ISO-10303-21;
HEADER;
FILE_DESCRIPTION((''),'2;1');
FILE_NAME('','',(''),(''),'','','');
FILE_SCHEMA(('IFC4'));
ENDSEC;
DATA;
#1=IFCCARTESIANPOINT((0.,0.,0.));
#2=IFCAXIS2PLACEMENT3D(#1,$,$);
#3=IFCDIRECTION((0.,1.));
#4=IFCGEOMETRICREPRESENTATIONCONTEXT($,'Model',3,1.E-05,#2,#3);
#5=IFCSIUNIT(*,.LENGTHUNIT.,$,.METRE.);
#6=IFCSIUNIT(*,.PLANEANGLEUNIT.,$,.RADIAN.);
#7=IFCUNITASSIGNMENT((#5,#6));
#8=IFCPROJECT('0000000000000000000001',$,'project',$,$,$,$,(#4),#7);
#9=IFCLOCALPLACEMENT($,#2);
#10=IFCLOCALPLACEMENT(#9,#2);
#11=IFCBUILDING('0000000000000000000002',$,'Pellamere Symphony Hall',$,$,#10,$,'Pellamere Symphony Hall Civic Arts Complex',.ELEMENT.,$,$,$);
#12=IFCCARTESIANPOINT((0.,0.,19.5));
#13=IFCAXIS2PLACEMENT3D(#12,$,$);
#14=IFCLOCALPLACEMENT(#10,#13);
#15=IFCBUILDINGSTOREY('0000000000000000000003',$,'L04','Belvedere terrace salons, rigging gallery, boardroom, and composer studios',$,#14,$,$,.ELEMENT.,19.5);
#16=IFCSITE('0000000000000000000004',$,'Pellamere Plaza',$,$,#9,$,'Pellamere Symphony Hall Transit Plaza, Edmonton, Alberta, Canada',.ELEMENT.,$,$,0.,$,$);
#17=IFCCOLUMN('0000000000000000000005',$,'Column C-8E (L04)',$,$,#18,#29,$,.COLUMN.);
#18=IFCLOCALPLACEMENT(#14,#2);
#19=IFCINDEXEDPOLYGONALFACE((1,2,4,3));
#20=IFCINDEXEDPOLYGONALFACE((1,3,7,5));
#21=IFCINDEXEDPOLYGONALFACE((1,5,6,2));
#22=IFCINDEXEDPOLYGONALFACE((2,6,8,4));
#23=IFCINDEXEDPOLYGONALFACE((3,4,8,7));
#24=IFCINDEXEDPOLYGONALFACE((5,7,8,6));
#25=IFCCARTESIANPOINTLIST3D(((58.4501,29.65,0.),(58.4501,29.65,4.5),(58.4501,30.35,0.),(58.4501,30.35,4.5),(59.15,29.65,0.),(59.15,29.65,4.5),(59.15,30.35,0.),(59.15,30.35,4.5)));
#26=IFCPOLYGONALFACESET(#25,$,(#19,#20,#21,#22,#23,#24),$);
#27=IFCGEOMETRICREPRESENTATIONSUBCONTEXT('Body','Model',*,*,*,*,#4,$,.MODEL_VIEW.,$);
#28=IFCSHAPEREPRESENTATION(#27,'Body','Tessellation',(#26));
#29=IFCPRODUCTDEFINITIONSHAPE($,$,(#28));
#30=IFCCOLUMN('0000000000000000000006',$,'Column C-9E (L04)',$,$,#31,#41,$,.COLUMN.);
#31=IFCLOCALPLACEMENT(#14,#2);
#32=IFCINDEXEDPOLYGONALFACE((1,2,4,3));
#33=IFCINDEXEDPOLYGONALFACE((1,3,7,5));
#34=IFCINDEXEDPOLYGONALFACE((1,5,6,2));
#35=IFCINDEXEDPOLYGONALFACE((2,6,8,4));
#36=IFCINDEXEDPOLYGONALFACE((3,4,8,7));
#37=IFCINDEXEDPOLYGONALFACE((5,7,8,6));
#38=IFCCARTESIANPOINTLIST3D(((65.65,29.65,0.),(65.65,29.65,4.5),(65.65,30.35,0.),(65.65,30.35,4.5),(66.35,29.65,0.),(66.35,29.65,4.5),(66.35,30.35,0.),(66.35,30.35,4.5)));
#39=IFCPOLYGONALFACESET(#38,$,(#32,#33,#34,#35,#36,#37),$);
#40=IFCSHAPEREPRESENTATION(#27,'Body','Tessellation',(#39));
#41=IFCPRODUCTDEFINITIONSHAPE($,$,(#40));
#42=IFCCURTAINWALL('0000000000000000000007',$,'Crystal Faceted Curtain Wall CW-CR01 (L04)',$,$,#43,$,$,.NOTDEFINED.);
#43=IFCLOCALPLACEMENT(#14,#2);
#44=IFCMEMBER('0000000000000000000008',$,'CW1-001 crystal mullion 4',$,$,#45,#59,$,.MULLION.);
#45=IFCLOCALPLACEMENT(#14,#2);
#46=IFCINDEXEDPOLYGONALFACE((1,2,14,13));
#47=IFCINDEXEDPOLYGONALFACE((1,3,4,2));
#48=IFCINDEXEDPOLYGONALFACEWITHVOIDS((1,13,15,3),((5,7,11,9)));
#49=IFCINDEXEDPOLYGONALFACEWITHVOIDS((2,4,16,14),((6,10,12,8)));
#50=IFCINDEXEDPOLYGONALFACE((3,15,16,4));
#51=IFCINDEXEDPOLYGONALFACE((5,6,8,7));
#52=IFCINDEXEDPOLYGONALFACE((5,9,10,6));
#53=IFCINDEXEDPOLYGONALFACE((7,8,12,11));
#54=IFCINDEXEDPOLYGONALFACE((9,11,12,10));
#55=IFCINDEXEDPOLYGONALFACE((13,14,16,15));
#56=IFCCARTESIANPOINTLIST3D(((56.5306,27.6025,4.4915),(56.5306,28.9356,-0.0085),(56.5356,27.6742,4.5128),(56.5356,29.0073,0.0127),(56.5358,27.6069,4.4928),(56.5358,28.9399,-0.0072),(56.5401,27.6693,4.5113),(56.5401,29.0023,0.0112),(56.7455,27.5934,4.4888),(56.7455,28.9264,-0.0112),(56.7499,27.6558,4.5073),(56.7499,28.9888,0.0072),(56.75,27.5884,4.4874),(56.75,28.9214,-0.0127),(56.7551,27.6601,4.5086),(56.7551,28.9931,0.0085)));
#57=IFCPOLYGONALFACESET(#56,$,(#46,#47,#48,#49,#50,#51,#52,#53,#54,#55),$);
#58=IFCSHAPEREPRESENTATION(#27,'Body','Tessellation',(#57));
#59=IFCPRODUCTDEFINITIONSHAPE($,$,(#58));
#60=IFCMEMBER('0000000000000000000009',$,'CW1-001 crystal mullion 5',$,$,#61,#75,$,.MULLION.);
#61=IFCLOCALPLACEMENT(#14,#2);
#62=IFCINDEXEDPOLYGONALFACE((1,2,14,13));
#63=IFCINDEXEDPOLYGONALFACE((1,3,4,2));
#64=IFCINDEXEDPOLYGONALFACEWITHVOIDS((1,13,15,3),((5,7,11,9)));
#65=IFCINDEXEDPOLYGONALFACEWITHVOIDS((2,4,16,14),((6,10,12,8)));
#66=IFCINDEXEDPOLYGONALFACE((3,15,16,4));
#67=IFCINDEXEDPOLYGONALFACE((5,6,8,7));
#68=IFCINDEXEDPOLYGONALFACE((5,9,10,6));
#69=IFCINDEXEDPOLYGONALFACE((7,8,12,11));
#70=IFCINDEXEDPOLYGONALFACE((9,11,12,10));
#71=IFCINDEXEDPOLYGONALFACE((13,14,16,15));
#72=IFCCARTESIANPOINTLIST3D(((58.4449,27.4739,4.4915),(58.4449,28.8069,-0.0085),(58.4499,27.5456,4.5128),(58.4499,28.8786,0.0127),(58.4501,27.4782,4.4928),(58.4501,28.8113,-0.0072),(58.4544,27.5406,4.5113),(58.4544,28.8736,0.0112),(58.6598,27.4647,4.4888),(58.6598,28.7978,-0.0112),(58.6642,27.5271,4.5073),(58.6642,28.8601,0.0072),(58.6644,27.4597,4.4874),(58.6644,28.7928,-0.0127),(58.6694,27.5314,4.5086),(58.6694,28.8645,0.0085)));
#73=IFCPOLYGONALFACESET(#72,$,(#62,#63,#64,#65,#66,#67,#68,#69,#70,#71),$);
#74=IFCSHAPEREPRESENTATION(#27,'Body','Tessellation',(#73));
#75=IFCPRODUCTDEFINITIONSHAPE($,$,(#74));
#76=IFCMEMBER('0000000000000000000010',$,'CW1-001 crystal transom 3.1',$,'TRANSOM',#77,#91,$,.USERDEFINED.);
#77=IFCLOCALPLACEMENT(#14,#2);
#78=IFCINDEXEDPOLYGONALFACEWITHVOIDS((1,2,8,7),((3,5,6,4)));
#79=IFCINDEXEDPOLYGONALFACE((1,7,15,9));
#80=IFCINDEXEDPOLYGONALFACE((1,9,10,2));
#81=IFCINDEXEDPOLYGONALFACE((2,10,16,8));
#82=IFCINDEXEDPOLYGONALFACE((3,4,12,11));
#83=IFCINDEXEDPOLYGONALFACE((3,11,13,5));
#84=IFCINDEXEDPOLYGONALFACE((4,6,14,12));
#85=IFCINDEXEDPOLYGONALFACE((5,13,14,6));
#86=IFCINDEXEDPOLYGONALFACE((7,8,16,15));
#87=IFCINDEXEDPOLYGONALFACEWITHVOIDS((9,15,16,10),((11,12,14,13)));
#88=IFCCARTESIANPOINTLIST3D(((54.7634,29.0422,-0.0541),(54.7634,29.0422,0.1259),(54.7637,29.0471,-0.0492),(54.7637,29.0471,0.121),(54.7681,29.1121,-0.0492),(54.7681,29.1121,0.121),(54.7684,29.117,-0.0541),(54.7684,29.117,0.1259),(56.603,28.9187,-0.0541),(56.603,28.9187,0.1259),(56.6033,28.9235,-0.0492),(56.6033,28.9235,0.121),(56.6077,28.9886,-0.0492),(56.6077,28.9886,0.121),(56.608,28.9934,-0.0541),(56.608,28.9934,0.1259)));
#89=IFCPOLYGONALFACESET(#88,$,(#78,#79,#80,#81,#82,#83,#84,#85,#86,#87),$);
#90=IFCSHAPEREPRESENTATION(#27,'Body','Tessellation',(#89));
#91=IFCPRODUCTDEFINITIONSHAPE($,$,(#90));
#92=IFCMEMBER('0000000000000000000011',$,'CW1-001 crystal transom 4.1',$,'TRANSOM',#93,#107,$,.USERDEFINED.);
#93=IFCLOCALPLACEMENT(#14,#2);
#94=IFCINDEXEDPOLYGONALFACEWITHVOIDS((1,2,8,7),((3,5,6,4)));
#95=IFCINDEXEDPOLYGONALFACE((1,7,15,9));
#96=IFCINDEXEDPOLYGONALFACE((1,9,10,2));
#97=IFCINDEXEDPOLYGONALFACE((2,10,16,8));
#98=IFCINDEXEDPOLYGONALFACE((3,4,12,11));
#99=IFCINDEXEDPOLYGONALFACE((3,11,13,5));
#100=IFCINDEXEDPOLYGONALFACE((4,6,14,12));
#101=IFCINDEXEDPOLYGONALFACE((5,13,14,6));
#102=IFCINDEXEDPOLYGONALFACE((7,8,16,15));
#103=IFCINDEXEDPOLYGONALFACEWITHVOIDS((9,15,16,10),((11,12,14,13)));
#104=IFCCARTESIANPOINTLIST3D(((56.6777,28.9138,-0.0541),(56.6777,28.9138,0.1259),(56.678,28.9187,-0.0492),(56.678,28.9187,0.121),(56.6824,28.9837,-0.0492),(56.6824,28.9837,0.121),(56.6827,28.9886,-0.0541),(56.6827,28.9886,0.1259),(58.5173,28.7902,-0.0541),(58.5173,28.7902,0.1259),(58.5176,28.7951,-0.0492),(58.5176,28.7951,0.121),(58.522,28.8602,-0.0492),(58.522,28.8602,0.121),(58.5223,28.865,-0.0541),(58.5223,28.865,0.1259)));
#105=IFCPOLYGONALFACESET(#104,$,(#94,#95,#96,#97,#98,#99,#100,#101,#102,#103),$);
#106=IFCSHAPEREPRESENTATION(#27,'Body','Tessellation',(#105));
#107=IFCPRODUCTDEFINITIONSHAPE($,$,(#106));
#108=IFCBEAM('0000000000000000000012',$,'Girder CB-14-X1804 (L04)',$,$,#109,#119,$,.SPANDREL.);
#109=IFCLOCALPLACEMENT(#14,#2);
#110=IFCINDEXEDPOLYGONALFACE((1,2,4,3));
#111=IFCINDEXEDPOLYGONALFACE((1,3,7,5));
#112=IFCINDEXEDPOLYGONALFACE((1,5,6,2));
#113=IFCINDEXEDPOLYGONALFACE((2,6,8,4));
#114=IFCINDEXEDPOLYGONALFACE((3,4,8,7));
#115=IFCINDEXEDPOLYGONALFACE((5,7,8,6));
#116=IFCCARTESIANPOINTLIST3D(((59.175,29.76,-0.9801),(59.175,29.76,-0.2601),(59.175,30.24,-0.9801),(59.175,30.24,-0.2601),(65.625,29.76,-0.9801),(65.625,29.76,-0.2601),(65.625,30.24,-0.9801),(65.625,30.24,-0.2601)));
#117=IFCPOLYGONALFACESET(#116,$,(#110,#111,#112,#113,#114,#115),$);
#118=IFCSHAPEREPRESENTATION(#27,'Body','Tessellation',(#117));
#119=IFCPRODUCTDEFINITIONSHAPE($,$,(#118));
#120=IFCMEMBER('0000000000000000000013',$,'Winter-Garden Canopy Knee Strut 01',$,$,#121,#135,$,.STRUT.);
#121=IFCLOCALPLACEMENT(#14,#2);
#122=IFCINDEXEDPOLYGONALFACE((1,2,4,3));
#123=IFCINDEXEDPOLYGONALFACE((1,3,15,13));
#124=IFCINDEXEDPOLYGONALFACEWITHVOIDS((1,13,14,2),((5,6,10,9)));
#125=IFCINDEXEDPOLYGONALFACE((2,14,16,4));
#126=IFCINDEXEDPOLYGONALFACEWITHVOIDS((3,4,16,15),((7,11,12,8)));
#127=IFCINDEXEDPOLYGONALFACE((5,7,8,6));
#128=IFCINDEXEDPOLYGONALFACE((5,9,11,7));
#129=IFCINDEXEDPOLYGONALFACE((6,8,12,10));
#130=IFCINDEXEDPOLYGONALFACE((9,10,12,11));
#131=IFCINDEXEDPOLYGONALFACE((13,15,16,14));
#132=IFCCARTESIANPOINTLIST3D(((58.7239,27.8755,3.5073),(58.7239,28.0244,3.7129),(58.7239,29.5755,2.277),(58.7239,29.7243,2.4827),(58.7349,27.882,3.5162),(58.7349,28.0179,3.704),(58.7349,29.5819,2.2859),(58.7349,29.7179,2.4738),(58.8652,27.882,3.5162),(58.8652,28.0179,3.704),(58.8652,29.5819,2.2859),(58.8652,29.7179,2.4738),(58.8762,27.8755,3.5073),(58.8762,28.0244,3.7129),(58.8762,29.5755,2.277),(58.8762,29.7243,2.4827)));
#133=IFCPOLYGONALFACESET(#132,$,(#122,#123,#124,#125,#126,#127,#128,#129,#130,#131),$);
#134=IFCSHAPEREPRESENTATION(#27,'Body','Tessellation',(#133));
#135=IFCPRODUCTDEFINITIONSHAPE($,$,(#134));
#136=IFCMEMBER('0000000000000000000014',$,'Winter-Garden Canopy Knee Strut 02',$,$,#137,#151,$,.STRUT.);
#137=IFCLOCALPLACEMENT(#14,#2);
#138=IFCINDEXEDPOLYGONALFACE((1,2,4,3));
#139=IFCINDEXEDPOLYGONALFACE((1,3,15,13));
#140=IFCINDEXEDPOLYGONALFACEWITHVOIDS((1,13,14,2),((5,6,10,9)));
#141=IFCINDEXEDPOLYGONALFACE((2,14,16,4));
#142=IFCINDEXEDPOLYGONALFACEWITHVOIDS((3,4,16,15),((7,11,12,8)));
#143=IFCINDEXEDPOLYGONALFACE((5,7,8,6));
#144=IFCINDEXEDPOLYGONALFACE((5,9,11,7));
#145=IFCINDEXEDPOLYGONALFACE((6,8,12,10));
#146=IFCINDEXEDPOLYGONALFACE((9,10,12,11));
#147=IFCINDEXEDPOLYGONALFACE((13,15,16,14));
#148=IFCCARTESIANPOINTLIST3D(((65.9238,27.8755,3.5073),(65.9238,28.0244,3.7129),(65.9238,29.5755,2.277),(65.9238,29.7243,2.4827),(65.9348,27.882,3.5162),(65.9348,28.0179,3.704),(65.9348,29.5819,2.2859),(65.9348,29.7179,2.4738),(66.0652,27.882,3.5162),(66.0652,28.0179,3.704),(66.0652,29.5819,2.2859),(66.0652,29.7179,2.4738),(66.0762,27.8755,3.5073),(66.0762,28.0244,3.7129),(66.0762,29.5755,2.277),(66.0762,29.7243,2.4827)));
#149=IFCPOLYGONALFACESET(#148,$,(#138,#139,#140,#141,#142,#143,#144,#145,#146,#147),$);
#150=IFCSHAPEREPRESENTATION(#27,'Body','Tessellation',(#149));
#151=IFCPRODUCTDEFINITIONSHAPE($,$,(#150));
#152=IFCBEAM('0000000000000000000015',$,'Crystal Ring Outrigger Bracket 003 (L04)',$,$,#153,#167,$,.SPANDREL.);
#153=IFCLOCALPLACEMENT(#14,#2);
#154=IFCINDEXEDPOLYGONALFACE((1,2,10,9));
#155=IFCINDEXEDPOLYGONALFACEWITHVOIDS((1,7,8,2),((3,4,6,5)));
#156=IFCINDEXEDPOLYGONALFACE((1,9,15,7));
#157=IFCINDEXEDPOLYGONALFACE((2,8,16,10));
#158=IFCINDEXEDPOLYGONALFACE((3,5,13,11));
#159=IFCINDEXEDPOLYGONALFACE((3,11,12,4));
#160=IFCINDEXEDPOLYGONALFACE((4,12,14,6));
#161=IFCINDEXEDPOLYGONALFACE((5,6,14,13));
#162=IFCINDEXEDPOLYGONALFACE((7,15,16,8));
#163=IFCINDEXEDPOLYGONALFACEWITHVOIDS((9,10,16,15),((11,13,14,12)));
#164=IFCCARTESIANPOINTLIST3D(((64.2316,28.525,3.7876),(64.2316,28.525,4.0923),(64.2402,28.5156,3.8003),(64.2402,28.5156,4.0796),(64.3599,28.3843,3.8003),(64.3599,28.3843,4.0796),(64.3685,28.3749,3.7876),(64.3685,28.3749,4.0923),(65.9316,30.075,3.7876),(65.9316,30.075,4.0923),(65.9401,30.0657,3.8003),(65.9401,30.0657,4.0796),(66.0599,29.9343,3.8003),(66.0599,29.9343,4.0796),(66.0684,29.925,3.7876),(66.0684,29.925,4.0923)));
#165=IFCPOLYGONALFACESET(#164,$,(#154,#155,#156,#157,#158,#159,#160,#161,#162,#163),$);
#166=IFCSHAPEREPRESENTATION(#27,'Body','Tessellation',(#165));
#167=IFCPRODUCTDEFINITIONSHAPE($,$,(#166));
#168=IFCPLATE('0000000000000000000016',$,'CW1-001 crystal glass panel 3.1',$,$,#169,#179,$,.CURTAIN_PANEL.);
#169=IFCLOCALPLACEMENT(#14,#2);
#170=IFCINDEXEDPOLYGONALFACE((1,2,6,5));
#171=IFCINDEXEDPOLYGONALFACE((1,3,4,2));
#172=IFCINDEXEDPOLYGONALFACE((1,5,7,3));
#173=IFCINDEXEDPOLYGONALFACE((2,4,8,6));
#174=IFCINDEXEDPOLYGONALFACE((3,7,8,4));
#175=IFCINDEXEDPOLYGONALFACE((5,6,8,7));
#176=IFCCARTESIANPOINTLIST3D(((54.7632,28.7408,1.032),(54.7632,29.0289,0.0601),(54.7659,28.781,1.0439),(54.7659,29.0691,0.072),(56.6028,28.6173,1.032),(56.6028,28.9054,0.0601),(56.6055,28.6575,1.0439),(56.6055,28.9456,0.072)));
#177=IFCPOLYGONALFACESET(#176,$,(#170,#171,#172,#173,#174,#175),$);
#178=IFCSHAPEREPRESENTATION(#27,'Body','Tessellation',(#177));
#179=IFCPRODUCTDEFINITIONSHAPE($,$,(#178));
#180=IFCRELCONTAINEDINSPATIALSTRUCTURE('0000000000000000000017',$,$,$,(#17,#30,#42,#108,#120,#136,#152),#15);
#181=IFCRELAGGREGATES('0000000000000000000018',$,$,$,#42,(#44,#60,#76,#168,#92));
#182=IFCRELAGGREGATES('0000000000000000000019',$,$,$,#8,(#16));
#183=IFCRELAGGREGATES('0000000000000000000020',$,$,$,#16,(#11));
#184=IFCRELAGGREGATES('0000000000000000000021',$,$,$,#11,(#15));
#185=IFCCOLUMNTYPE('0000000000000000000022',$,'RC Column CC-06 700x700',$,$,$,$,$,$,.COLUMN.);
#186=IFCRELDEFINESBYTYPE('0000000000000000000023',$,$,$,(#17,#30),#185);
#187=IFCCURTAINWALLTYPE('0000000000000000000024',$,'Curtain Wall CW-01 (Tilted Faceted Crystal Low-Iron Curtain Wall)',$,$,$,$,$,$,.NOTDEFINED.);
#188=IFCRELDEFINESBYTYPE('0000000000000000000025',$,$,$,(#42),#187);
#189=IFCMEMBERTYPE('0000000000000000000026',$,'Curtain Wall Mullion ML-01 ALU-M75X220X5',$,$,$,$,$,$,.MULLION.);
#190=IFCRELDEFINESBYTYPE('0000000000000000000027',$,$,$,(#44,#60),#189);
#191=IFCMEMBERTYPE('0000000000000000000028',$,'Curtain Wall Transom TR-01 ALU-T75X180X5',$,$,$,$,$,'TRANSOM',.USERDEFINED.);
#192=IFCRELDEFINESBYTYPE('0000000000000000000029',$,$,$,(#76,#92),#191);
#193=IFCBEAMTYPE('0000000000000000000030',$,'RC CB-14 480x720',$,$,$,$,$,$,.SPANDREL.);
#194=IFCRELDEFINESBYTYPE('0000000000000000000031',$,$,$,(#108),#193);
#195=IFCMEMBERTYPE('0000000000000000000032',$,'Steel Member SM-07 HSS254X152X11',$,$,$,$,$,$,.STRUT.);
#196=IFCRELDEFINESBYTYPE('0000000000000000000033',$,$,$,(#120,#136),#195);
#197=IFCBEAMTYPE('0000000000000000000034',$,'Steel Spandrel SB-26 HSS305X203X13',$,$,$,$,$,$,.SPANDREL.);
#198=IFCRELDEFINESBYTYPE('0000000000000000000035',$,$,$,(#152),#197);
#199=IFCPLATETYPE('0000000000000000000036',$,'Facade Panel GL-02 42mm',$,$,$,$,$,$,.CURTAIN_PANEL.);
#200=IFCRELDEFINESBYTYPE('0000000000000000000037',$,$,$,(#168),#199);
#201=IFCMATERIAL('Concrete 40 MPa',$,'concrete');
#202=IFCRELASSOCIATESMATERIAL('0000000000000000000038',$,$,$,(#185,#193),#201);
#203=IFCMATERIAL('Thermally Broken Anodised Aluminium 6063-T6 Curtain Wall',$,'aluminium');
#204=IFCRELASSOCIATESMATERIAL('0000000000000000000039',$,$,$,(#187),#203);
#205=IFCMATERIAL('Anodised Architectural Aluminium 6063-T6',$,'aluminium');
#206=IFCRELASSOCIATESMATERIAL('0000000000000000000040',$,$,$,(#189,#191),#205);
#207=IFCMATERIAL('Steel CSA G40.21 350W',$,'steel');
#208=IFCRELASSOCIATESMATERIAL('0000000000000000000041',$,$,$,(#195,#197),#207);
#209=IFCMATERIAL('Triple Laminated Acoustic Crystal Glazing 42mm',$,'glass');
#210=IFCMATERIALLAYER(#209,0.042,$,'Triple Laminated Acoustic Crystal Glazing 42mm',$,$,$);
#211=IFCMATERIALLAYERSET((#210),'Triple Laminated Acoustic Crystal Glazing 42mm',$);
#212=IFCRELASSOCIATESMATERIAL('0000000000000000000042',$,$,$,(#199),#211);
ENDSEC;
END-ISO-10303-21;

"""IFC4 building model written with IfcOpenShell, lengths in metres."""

from ifc_helpers import new_model, si_unit, direction, frame, origin, origin_2d, place, context, subcontext, project, spatial, polyline, rectangle, hollow_rectangle, outline, extrude, material, layer, layer_set, material_profile, profile_set, type_object, element, aggregate, save


model = new_model("IFC4")

# Units and contexts
model_context = context("Model", 3, precision=1e-05, world=origin(), true_north=direction((0.0, 1.0)))
body_context = subcontext(model_context, "Body", "Model", "MODEL_VIEW")
ifc_project = project(units=[si_unit("LENGTHUNIT", "METRE"), si_unit("PLANEANGLEUNIT", "RADIAN")], contexts=[model_context])

# Site, building, storey
site_placement = place(None, origin())
site = spatial("IfcSite", under=ifc_project, at=site_placement, Name="Pellamere Plaza", LongName="Pellamere Symphony Hall Transit Plaza, Edmonton, Alberta, Canada", CompositionType="ELEMENT", RefElevation=0.0)
building_placement = place(site_placement, origin())
building = spatial("IfcBuilding", under=site, at=building_placement, Name="Pellamere Symphony Hall", LongName="Pellamere Symphony Hall Civic Arts Complex", CompositionType="ELEMENT")
storey_placement = place(building_placement, frame((0.0, 0.0, 19.5)))
storey = spatial("IfcBuildingStorey", under=building, at=storey_placement, Name="L04", Description="Belvedere terrace salons, rigging gallery, boardroom, and composer studios", CompositionType="ELEMENT", Elevation=19.5)

# Columns
ifc_material_1 = material(Name="Concrete 40 MPa", Category="concrete")
ifc_material_profile_1 = material_profile(ifc_material_1, rectangle(XDim=0.7, YDim=0.7, at=origin_2d()), Name="RC 700x700")
ifc_profile_set_1 = profile_set([ifc_material_profile_1], Name="Concrete 40 MPa")
column_type = type_object("IfcColumnType", Name="RC Column CC-06 700x700", PredefinedType="COLUMN", material=ifc_profile_set_1)
for number, where, z_axis, x_axis, name in (
    (1, (58.8, 30.0, 0.0), (0.0, 0.0, 1.0), (1.0, 0.0, 0.0), "Column C-8E (L04)"),
    (2, (66.0, 30.0, 0.0), (0.0, 0.0, 1.0), (1.0, 0.0, 0.0), "Column C-9E (L04)"),
):
    element("IfcColumn", number, at=place(storey_placement, frame(where, z_axis=z_axis, x_axis=x_axis)), inside=storey, type_object=column_type, Name=name, PredefinedType="COLUMN", context=body_context, shape_type="SweptSolid", body=[
        extrude(rectangle(XDim=0.7, YDim=0.7, at=origin_2d()), origin(), (0.0, 0.0, 1.0), 4.5),
    ])

# Curtain wall, members
ifc_material_2 = material(Name="Thermally Broken Anodised Aluminium 6063-T6 Curtain Wall", Category="aluminium")
curtain_wall_type = type_object("IfcCurtainWallType", Name="Curtain Wall CW-01 (Tilted Faceted Crystal Low-Iron Curtain Wall)", PredefinedType="NOTDEFINED", material=ifc_material_2)
curtain_wall_placement = place(storey_placement, origin())
curtain_wall = element("IfcCurtainWall", 3, at=curtain_wall_placement, inside=storey, type_object=curtain_wall_type, Name="Crystal Faceted Curtain Wall CW-CR01 (L04)", PredefinedType="NOTDEFINED")
ifc_material_3 = material(Name="Anodised Architectural Aluminium 6063-T6", Category="aluminium")
ifc_material_profile_2 = material_profile(ifc_material_3, hollow_rectangle(XDim=0.075, YDim=0.22, WallThickness=0.0049, at=origin_2d()), Name="ALU-M75X220X5")
ifc_profile_set_2 = profile_set([ifc_material_profile_2], Name="Anodised Architectural Aluminium 6063-T6")
member_type_1 = type_object("IfcMemberType", Name="Curtain Wall Mullion ML-01 ALU-M75X220X5", PredefinedType="MULLION", material=ifc_profile_set_2)
member_1_placement = place(storey_placement, frame((56.6428, 28.9644, 0.0), z_axis=(0.0, -0.284025, 0.958817), x_axis=(0.067013, 0.956662, 0.283386)))
member_1 = element("IfcMember", 4, at=member_1_placement, type_object=member_type_1, Name="CW1-001 crystal mullion 4", PredefinedType="MULLION", context=body_context, shape_type="SweptSolid", body=[
    extrude(hollow_rectangle(XDim=0.075, YDim=0.22, WallThickness=0.0049, at=origin_2d()), origin(), (0.0, 0.0, 1.0), 4.6934),
])
member_2_placement = place(storey_placement, frame((58.5571, 28.8357, 0.0), z_axis=(0.0, -0.284025, 0.958817), x_axis=(0.067013, 0.956662, 0.283386)))
member_2 = element("IfcMember", 5, at=member_2_placement, type_object=member_type_1, Name="CW1-001 crystal mullion 5", PredefinedType="MULLION", context=body_context, shape_type="SweptSolid", body=[
    extrude(hollow_rectangle(XDim=0.075, YDim=0.22, WallThickness=0.0049, at=origin_2d()), origin(), (0.0, 0.0, 1.0), 4.6934),
])
ifc_material_profile_3 = material_profile(ifc_material_3, hollow_rectangle(XDim=0.075, YDim=0.1799, WallThickness=0.0049, at=origin_2d()), Name="ALU-T75X180X5")
ifc_profile_set_3 = profile_set([ifc_material_profile_3], Name="Anodised Architectural Aluminium 6063-T6")
member_type_2 = type_object("IfcMemberType", Name="Curtain Wall Transom TR-01 ALU-T75X180X5", ElementType="TRANSOM", PredefinedType="USERDEFINED", material=ifc_profile_set_3)
member_3_placement = place(storey_placement, frame((54.7659, 29.0796, 0.0359), z_axis=(0.997753, -0.067002, 0.0), x_axis=(0.067002, 0.997753, 0.0)))
member_3 = element("IfcMember", 6, at=member_3_placement, type_object=member_type_2, Name="CW1-001 crystal transom 3.1", ObjectType="TRANSOM", PredefinedType="USERDEFINED", context=body_context, shape_type="SweptSolid", body=[
    extrude(hollow_rectangle(XDim=0.075, YDim=0.1799, WallThickness=0.0049, at=origin_2d()), origin(), (0.0, 0.0, 1.0), 1.8438),
])
member_4_placement = place(storey_placement, frame((56.6802, 28.9512, 0.0359), z_axis=(0.997753, -0.067002, 0.0), x_axis=(0.067002, 0.997753, 0.0)))
member_4 = element("IfcMember", 7, at=member_4_placement, type_object=member_type_2, Name="CW1-001 crystal transom 4.1", ObjectType="TRANSOM", PredefinedType="USERDEFINED", context=body_context, shape_type="SweptSolid", body=[
    extrude(hollow_rectangle(XDim=0.075, YDim=0.1799, WallThickness=0.0049, at=origin_2d()), origin(), (0.0, 0.0, 1.0), 1.8438),
])

# Beam
ifc_material_profile_4 = material_profile(ifc_material_1, rectangle(XDim=0.48, YDim=0.72, at=origin_2d()), Name="RC 480x720")
ifc_profile_set_4 = profile_set([ifc_material_profile_4], Name="Concrete 40 MPa")
beam_type_1 = type_object("IfcBeamType", Name="RC CB-14 480x720", PredefinedType="SPANDREL", material=ifc_profile_set_4)
beam_1_placement = place(storey_placement, frame((59.175, 30.0, -0.6201), z_axis=(1.0, 0.0, 0.0), x_axis=(0.0, 1.0, 0.0)))
element("IfcBeam", 8, at=beam_1_placement, inside=storey, type_object=beam_type_1, Name="Girder CB-14-X1804 (L04)", PredefinedType="SPANDREL", context=body_context, shape_type="SweptSolid", body=[
    extrude(rectangle(XDim=0.48, YDim=0.72, at=origin_2d()), origin(), (0.0, 0.0, 1.0), 6.45),
])

# Members
ifc_material_4 = material(Name="Steel CSA G40.21 350W", Category="steel")
ifc_material_profile_5 = material_profile(ifc_material_4, hollow_rectangle(XDim=0.1523, YDim=0.2539, WallThickness=0.011, at=origin_2d()), Name="HSS254X152X11")
ifc_profile_set_5 = profile_set([ifc_material_profile_5], Name="Steel CSA G40.21 350W")
member_type_3 = type_object("IfcMemberType", Name="Steel Member SM-07 HSS254X152X11", PredefinedType="STRUT", material=ifc_profile_set_5)
for number, where, z_axis, x_axis, name in (
    (9, (58.8, 29.6499, 2.3799), (0.0, -0.810117, 0.586268), (1.0, 0.0, 0.0), "Winter-Garden Canopy Knee Strut 01"),
    (10, (66.0, 29.6499, 2.3799), (0.0, -0.810117, 0.586268), (1.0, 0.0, 0.0), "Winter-Garden Canopy Knee Strut 02"),
):
    element("IfcMember", number, at=place(storey_placement, frame(where, z_axis=z_axis, x_axis=x_axis)), inside=storey, type_object=member_type_3, Name=name, PredefinedType="STRUT", context=body_context, shape_type="SweptSolid", body=[
        extrude(hollow_rectangle(XDim=0.1523, YDim=0.2539, WallThickness=0.011, at=origin_2d()), origin(), (0.0, 0.0, 1.0), 2.0984),
    ])

# Beam
ifc_material_profile_6 = material_profile(ifc_material_4, hollow_rectangle(XDim=0.2031, YDim=0.3047, WallThickness=0.0127, at=origin_2d()), Name="HSS305X203X13")
ifc_profile_set_6 = profile_set([ifc_material_profile_6], Name="Steel CSA G40.21 350W")
beam_type_2 = type_object("IfcBeamType", Name="Steel Spandrel SB-26 HSS305X203X13", PredefinedType="SPANDREL", material=ifc_profile_set_6)
beam_2_placement = place(storey_placement, frame((66.0, 30.0, 3.9399), z_axis=(-0.738936, -0.673776, 0.0), x_axis=(0.673776, -0.738936, 0.0)))
element("IfcBeam", 11, at=beam_2_placement, inside=storey, type_object=beam_type_2, Name="Crystal Ring Outrigger Bracket 003 (L04)", PredefinedType="SPANDREL", context=body_context, shape_type="SweptSolid", body=[
    extrude(hollow_rectangle(XDim=0.2031, YDim=0.3047, WallThickness=0.0127, at=origin_2d()), origin(), (0.0, 0.0, 1.0), 2.3005),
])

# Plate
ifc_material_5 = material(Name="Triple Laminated Acoustic Crystal Glazing 42mm", Category="glass")
ifc_layer_1 = layer(ifc_material_5, 0.042, Name="Triple Laminated Acoustic Crystal Glazing 42mm")
ifc_layer_set_1 = layer_set([ifc_layer_1], Name="Triple Laminated Acoustic Crystal Glazing 42mm")
plate_type_1 = type_object("IfcPlateType", Name="Facade Panel GL-02 42mm", PredefinedType="CURTAIN_PANEL", material=ifc_layer_set_1)
plate_1_placement = place(storey_placement, frame((54.7659, 29.0691, 0.072), z_axis=(0.064251, 0.956788, 0.2836), x_axis=(0.997753, -0.067002, 0.0)))
plate_1 = element("IfcPlate", 12, at=plate_1_placement, type_object=plate_type_1, Name="CW1-001 crystal glass panel 3.1", PredefinedType="CURTAIN_PANEL", context=body_context, shape_type="SweptSolid", body=[
    extrude(outline(polyline([(0.0, 0.0), (1.8437, 0.0), (1.863, -1.0135), (0.0193, -1.0135), (0.0, 0.0)])), origin(), (0.0, 0.0, -1.0), 0.042),
])
aggregate(curtain_wall, [member_1, member_2, member_3, plate_1, member_4])

save(model, "model.ifc")
